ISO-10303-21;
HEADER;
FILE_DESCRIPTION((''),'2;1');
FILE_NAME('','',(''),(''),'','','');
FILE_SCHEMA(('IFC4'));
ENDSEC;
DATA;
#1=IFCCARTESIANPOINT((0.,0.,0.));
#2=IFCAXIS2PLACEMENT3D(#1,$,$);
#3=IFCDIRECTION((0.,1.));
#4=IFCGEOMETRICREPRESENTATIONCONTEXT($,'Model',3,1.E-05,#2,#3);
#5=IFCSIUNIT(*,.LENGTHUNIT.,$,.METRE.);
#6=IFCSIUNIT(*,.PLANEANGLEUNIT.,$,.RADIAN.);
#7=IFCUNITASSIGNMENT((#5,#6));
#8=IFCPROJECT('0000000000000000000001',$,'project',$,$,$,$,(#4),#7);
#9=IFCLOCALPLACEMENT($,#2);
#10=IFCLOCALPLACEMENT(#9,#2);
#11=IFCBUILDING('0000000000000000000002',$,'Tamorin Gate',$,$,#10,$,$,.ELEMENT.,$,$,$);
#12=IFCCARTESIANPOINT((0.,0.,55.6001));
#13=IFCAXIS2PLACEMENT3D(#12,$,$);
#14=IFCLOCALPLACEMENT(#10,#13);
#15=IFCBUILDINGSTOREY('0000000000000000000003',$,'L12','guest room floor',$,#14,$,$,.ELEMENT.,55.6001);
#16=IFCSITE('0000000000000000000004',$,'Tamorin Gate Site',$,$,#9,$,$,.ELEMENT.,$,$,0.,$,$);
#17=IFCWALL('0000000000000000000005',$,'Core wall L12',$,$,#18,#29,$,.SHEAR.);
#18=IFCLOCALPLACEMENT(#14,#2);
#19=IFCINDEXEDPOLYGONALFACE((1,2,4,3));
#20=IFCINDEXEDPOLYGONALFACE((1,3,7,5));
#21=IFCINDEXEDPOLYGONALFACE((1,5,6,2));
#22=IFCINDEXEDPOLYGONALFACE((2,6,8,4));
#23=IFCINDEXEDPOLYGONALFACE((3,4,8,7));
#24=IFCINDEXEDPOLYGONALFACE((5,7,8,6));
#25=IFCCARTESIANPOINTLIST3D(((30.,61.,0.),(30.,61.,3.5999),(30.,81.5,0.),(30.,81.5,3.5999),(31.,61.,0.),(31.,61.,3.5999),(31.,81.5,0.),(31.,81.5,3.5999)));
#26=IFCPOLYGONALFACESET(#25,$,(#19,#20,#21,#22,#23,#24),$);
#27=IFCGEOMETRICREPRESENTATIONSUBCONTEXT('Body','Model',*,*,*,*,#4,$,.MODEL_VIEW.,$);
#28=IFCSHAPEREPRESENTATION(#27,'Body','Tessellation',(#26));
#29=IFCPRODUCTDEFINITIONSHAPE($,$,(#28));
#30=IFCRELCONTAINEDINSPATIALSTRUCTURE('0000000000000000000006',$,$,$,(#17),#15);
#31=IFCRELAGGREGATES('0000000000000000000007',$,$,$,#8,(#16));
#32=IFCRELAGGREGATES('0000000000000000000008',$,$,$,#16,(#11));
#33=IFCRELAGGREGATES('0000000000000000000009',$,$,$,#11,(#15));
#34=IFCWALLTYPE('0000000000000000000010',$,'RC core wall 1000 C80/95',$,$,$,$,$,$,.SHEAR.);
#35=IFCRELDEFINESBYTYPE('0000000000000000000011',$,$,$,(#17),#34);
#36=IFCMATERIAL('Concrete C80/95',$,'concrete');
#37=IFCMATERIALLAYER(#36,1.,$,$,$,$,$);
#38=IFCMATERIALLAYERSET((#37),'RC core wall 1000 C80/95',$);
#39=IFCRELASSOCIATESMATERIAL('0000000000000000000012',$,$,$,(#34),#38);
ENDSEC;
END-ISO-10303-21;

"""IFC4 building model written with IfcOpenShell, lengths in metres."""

from ifc_helpers import new_model, si_unit, direction, frame, frame_2d, origin, place, context, subcontext, project, spatial, rectangle, extrude, material, layer, layer_set, type_object, element, save


model = new_model("IFC4")

# Units and contexts
model_context = context("Model", 3, precision=1e-05, world=origin(), true_north=direction((0.0, 1.0)))
body_context = subcontext(model_context, "Body", "Model", "MODEL_VIEW")
ifc_project = project(units=[si_unit("LENGTHUNIT", "METRE"), si_unit("PLANEANGLEUNIT", "RADIAN")], contexts=[model_context])

# Site, building, storey
site_placement = place(None, origin())
site = spatial("IfcSite", under=ifc_project, at=site_placement, Name="Tamorin Gate Site", CompositionType="ELEMENT", RefElevation=0.0)
building_placement = place(site_placement, origin())
building = spatial("IfcBuilding", under=site, at=building_placement, Name="Tamorin Gate", CompositionType="ELEMENT")
storey_placement = place(building_placement, frame((0.0, 0.0, 55.6001)))
storey = spatial("IfcBuildingStorey", under=building, at=storey_placement, Name="L12", Description="guest room floor", CompositionType="ELEMENT", Elevation=55.6001)

# Shared definitions
ifc_material_1 = material(Name="Concrete C80/95", Category="concrete")

# Shared definitions
ifc_layer_1 = layer(ifc_material_1, 1.0)
ifc_layer_set_1 = layer_set([ifc_layer_1], Name="RC core wall 1000 C80/95")
wall_type_1 = type_object("IfcWallType", Name="RC core wall 1000 C80/95", PredefinedType="SHEAR", material=ifc_layer_set_1)

# Wall
wall_1_placement = place(storey_placement, frame((30.5, 61.0, 0.0), z_axis=(0.0, 0.0, 1.0), x_axis=(0.0, 1.0, 0.0)))
element("IfcWall", 1, at=wall_1_placement, inside=storey, type_object=wall_type_1, Name="Core wall L12", PredefinedType="SHEAR", context=body_context, shape_type="SweptSolid", body=[
    extrude(rectangle(XDim=20.5, YDim=1.0, at=frame_2d((10.25, 0.0))), origin(), (0.0, 0.0, 1.0), 3.5999),
])

save(model, "model.ifc")
